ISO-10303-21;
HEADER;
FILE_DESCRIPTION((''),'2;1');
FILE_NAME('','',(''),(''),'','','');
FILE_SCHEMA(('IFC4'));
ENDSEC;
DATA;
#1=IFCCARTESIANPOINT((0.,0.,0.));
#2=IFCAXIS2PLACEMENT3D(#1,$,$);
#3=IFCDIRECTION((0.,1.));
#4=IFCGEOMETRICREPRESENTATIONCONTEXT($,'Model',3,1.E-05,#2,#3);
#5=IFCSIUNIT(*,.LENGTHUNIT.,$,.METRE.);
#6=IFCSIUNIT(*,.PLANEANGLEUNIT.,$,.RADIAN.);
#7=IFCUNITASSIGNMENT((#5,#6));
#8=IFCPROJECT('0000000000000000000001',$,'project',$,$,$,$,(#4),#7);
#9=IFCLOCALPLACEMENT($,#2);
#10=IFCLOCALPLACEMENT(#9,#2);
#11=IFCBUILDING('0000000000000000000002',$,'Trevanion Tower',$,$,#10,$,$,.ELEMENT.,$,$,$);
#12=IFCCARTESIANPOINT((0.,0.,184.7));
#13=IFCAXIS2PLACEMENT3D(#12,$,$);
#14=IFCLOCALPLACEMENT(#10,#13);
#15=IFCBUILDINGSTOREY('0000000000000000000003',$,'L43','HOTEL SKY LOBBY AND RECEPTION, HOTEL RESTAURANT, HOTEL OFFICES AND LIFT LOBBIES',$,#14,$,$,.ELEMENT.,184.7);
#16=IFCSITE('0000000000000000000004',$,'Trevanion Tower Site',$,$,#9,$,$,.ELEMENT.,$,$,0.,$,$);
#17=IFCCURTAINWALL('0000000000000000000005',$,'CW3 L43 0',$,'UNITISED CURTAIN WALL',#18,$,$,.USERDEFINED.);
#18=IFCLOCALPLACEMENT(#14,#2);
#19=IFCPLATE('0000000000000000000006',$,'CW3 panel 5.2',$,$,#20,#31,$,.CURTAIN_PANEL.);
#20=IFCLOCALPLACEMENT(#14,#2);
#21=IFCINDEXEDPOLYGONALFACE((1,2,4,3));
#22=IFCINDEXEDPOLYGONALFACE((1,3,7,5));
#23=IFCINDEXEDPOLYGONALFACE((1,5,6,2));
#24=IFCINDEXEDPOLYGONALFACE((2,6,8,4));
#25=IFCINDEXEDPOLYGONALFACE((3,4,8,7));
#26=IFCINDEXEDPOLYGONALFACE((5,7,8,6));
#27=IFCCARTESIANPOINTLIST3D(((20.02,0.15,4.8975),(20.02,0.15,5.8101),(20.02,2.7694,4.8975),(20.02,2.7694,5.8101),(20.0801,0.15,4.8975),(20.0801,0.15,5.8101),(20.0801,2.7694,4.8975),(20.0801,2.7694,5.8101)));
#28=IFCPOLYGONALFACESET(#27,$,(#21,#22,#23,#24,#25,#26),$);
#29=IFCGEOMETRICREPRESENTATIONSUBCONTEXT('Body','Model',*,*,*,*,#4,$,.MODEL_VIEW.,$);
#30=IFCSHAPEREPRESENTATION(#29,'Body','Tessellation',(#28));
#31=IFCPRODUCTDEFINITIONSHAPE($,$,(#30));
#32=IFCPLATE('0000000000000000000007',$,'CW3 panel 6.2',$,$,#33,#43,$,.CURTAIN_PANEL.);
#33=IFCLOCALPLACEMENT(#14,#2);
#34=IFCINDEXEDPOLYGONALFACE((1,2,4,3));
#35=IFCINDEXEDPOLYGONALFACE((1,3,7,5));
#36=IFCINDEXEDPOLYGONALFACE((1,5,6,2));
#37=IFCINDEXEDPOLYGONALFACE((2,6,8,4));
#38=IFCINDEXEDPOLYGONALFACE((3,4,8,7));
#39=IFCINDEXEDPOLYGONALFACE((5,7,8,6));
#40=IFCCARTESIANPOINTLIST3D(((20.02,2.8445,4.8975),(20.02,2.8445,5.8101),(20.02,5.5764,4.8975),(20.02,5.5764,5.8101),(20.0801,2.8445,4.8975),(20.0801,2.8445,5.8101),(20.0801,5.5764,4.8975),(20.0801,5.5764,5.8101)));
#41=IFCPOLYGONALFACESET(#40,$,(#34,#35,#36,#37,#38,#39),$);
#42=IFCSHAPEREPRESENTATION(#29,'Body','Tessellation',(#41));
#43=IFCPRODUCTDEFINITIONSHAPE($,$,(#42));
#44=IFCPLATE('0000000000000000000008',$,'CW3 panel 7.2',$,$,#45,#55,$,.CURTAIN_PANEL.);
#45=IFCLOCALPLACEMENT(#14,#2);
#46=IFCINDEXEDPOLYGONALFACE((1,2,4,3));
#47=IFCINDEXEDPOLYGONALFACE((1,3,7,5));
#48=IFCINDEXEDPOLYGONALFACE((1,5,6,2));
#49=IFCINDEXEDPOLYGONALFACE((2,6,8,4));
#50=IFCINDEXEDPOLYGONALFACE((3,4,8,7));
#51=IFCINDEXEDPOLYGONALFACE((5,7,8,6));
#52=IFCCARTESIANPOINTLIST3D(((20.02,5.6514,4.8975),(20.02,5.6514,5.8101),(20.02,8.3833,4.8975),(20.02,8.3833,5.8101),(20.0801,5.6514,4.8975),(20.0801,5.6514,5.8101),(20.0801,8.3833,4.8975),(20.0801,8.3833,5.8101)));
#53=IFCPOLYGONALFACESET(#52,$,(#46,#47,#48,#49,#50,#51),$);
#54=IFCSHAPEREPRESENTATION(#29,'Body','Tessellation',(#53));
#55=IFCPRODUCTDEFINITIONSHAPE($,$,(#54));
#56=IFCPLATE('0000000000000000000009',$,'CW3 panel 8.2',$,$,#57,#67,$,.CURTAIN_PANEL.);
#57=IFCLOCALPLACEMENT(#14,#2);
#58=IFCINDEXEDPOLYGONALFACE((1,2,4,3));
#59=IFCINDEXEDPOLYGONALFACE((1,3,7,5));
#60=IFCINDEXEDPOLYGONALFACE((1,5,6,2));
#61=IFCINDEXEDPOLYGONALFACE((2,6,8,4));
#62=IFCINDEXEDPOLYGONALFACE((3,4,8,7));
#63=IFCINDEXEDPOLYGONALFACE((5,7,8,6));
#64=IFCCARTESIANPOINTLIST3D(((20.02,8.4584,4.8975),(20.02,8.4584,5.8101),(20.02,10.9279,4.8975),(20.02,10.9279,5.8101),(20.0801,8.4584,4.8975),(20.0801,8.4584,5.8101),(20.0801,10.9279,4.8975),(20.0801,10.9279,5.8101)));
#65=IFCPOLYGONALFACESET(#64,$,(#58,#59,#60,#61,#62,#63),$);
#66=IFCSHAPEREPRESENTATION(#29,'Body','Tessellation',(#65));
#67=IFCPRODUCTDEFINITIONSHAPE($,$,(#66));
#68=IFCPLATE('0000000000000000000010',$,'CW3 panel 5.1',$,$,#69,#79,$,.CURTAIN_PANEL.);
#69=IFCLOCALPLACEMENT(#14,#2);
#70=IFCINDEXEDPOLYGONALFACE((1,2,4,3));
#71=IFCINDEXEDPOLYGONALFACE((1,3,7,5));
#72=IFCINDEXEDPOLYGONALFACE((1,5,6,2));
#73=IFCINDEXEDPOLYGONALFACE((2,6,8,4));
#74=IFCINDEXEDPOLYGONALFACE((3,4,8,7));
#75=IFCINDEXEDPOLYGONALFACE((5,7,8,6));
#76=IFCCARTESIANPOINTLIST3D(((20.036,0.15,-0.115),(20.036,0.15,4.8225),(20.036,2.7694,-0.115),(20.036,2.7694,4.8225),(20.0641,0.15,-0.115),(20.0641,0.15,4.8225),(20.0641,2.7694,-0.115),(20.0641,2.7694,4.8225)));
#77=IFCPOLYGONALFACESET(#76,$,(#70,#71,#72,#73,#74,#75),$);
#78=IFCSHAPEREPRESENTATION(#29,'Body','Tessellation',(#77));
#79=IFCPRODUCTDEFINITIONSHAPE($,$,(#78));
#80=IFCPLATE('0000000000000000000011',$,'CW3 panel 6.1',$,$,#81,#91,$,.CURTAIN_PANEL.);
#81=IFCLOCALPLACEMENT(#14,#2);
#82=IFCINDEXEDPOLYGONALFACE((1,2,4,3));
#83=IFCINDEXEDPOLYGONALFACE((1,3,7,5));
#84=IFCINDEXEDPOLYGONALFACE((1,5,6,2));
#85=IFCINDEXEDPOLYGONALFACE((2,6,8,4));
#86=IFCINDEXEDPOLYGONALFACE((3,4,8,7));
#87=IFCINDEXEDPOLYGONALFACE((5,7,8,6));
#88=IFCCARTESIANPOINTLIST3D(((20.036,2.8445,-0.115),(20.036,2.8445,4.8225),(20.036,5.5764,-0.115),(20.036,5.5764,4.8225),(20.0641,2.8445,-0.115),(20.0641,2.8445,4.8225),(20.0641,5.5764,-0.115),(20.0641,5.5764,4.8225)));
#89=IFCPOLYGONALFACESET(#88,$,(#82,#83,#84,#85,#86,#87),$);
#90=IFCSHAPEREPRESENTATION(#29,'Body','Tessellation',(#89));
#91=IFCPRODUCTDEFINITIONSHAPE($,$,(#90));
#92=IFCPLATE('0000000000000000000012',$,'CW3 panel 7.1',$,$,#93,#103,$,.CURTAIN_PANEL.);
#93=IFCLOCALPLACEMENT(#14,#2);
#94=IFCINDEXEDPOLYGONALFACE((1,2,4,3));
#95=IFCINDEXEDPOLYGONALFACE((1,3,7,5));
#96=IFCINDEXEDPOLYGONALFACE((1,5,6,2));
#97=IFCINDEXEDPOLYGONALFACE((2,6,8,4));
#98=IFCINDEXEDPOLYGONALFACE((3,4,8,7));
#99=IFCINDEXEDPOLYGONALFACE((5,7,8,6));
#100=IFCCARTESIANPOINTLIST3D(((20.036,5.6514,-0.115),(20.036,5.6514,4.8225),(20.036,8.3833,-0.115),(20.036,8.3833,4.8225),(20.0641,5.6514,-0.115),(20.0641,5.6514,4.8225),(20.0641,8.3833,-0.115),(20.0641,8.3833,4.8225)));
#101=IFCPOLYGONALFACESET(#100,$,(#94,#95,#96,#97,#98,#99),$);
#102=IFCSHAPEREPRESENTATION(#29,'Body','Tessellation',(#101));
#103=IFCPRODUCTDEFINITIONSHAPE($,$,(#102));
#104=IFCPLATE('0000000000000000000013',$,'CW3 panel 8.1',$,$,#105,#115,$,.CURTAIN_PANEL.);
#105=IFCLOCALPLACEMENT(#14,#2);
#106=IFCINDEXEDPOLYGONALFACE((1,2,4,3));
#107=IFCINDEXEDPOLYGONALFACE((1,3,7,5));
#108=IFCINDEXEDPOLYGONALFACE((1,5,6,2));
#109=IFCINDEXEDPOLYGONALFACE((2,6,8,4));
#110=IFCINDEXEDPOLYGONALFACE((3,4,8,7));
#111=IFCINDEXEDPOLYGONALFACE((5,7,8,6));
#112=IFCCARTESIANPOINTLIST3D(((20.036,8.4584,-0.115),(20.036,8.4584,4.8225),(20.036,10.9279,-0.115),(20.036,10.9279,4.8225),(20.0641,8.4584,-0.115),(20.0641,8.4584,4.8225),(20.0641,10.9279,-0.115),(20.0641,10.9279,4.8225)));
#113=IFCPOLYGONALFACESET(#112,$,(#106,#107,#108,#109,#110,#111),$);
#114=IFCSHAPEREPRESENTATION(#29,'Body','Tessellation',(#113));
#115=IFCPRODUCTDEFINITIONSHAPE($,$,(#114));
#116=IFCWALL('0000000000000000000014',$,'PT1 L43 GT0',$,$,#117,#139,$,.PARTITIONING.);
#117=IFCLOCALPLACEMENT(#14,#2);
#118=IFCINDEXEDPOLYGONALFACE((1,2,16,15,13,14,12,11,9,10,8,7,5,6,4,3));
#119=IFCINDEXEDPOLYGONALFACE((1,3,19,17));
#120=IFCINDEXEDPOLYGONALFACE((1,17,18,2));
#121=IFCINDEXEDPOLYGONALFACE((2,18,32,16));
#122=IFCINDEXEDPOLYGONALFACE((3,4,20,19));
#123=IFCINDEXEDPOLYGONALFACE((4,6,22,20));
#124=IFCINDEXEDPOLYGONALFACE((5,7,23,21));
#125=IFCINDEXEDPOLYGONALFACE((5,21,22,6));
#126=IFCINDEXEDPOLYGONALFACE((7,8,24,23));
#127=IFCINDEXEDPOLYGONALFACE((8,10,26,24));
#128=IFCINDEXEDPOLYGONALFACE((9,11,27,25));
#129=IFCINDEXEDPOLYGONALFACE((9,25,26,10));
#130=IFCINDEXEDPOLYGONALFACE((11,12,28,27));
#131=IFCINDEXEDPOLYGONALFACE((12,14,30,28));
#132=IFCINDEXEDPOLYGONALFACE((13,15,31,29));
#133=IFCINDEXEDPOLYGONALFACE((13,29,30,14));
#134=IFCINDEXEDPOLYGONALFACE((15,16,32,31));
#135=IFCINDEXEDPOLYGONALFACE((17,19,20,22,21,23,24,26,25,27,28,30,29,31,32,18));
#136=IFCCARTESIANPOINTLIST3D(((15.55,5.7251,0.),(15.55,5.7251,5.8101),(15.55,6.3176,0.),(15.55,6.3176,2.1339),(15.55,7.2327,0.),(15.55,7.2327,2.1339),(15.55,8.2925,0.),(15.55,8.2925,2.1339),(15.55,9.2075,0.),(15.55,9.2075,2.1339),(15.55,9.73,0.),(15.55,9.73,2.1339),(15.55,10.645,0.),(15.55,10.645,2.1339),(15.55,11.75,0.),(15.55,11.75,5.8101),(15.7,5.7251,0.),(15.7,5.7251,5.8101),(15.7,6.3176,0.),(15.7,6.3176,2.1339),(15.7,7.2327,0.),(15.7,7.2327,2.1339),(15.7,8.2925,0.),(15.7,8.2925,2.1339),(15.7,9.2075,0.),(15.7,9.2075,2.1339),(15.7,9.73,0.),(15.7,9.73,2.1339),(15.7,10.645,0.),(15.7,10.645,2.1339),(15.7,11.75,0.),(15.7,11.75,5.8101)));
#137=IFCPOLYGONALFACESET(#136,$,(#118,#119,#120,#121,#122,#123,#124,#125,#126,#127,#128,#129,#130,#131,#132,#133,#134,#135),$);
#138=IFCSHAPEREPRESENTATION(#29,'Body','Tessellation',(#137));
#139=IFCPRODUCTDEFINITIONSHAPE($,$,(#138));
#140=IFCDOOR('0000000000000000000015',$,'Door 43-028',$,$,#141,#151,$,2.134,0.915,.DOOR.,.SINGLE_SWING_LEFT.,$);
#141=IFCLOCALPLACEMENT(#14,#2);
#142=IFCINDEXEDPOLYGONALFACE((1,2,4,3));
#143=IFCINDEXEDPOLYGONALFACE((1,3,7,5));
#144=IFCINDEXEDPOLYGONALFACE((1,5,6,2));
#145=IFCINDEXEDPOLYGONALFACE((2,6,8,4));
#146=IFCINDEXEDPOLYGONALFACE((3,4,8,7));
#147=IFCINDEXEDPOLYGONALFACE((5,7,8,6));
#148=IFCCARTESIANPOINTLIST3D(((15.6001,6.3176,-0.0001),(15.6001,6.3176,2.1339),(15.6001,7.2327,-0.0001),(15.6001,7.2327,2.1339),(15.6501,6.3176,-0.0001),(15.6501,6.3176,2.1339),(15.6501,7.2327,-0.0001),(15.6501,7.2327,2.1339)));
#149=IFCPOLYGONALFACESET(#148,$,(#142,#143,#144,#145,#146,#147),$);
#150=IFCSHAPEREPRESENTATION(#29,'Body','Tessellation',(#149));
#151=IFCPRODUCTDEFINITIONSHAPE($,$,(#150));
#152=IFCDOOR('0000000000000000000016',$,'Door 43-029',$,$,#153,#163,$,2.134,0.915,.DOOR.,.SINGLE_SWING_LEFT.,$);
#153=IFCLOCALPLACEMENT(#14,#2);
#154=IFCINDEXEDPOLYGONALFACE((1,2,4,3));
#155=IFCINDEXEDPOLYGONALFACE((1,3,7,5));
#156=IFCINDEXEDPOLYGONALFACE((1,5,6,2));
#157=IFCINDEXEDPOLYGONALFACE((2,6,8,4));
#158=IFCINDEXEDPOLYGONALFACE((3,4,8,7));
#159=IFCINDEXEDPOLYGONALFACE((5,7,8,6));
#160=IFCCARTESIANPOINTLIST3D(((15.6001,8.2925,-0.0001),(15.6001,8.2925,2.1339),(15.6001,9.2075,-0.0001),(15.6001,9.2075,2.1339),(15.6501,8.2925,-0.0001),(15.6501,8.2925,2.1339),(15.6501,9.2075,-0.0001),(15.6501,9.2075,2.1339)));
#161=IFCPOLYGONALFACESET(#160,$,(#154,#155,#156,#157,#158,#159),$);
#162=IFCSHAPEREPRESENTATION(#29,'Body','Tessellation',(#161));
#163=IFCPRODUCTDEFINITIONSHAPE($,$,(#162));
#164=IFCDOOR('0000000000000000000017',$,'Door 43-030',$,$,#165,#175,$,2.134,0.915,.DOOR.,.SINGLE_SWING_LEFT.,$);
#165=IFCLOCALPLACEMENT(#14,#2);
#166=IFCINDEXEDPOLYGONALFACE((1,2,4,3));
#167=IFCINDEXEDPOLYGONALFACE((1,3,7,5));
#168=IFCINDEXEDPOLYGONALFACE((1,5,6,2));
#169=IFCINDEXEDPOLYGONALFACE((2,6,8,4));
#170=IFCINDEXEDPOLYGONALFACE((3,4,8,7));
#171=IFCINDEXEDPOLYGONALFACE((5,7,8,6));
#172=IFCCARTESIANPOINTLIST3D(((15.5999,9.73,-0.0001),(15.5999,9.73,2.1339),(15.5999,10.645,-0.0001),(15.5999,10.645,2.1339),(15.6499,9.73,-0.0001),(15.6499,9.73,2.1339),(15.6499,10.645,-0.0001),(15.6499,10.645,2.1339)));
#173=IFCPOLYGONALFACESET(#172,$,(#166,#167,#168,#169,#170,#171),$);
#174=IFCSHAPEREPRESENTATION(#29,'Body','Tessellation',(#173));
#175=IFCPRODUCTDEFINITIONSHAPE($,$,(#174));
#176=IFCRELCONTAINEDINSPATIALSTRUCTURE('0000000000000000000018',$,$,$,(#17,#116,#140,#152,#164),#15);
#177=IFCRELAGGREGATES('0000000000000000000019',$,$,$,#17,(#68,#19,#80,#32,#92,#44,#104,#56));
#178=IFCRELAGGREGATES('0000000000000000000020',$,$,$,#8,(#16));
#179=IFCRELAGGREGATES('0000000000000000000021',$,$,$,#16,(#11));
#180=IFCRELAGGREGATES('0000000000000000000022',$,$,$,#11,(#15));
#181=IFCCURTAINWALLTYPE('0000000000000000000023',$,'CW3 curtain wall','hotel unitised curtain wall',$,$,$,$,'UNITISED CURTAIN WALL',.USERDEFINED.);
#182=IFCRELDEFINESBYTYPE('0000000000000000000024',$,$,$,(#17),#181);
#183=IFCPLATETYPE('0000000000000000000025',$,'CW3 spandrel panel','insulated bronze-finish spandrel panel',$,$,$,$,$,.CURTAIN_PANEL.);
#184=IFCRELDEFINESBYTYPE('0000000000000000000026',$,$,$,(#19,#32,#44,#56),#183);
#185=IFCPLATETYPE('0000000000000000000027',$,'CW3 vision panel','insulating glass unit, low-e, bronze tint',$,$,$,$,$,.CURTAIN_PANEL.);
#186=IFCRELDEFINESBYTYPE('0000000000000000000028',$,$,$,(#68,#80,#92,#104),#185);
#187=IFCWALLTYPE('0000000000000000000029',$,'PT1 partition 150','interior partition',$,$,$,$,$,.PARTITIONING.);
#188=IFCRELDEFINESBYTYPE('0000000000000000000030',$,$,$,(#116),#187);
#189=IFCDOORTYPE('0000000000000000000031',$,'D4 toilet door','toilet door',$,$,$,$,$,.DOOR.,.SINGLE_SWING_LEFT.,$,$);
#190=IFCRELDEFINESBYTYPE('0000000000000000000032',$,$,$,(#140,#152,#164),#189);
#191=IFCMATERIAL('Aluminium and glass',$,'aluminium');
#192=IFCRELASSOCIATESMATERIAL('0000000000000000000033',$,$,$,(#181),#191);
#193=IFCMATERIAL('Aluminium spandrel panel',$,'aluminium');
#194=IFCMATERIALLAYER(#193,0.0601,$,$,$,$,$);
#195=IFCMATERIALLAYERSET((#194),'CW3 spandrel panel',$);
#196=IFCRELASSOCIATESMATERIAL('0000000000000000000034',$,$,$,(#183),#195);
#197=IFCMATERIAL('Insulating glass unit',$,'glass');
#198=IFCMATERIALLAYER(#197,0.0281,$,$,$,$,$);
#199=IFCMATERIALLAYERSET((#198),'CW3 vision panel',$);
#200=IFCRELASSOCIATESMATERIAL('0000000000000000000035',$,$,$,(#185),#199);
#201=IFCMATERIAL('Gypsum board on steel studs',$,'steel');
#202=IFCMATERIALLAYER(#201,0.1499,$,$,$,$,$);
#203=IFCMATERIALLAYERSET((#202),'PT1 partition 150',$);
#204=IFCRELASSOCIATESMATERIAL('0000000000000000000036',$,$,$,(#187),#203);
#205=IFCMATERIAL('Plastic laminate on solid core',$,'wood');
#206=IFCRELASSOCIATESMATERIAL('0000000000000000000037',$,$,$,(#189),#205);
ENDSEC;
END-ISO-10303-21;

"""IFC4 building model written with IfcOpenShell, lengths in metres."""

from ifc_helpers import new_model, si_unit, direction, frame, frame_2d, origin, origin_2d, place, context, subcontext, project, spatial, rectangle, extrude, material, layer, layer_set, type_object, element, fill, aggregate, save


model = new_model("IFC4")

# Units and contexts
model_context = context("Model", 3, precision=1e-05, world=origin(), true_north=direction((0.0, 1.0)))
body_context = subcontext(model_context, "Body", "Model", "MODEL_VIEW")
ifc_project = project(units=[si_unit("LENGTHUNIT", "METRE"), si_unit("PLANEANGLEUNIT", "RADIAN")], contexts=[model_context])

# Site, building, storey
site_placement = place(None, origin())
site = spatial("IfcSite", under=ifc_project, at=site_placement, Name="Trevanion Tower Site", CompositionType="ELEMENT", RefElevation=0.0)
building_placement = place(site_placement, origin())
building = spatial("IfcBuilding", under=site, at=building_placement, Name="Trevanion Tower", CompositionType="ELEMENT")
storey_placement = place(building_placement, frame((0.0, 0.0, 184.7)))
storey = spatial("IfcBuildingStorey", under=building, at=storey_placement, Name="L43", Description="HOTEL SKY LOBBY AND RECEPTION, HOTEL RESTAURANT, HOTEL OFFICES AND LIFT LOBBIES", CompositionType="ELEMENT", Elevation=184.7)

# Curtain wall, plates
ifc_material_1 = material(Name="Aluminium and glass", Category="aluminium")
curtain_wall_type = type_object("IfcCurtainWallType", Name="CW3 curtain wall", Description="hotel unitised curtain wall", ElementType="UNITISED CURTAIN WALL", PredefinedType="USERDEFINED", material=ifc_material_1)
curtain_wall_placement = place(storey_placement, origin())
curtain_wall = element("IfcCurtainWall", 1, at=curtain_wall_placement, inside=storey, type_object=curtain_wall_type, Name="CW3 L43 0", ObjectType="UNITISED CURTAIN WALL", PredefinedType="USERDEFINED")
ifc_material_2 = material(Name="Aluminium spandrel panel", Category="aluminium")
ifc_layer_1 = layer(ifc_material_2, 0.0601)
ifc_layer_set_1 = layer_set([ifc_layer_1], Name="CW3 spandrel panel")
plate_type_1 = type_object("IfcPlateType", Name="CW3 spandrel panel", Description="insulated bronze-finish spandrel panel", PredefinedType="CURTAIN_PANEL", material=ifc_layer_set_1)
plate_1_placement = place(storey_placement, frame((20.05, 1.4597, 4.8975), z_axis=(0.0, 0.0, 1.0), x_axis=(0.0, 1.0, 0.0)))
plate_1 = element("IfcPlate", 2, at=plate_1_placement, type_object=plate_type_1, Name="CW3 panel 5.2", PredefinedType="CURTAIN_PANEL", context=body_context, shape_type="SweptSolid", body=[
    extrude(rectangle(XDim=2.6194, YDim=0.0601, at=origin_2d()), origin(), (0.0, 0.0, 1.0), 0.9126),
])
plate_2_placement = place(storey_placement, frame((20.05, 4.2104, 4.8975), z_axis=(0.0, 0.0, 1.0), x_axis=(0.0, 1.0, 0.0)))
plate_2 = element("IfcPlate", 3, at=plate_2_placement, type_object=plate_type_1, Name="CW3 panel 6.2", PredefinedType="CURTAIN_PANEL", context=body_context, shape_type="SweptSolid", body=[
    extrude(rectangle(XDim=2.7319, YDim=0.0601, at=origin_2d()), origin(), (0.0, 0.0, 1.0), 0.9126),
])
plate_3_placement = place(storey_placement, frame((20.05, 7.0173, 4.8975), z_axis=(0.0, 0.0, 1.0), x_axis=(0.0, 1.0, 0.0)))
plate_3 = element("IfcPlate", 4, at=plate_3_placement, type_object=plate_type_1, Name="CW3 panel 7.2", PredefinedType="CURTAIN_PANEL", context=body_context, shape_type="SweptSolid", body=[
    extrude(rectangle(XDim=2.7319, YDim=0.0601, at=origin_2d()), origin(), (0.0, 0.0, 1.0), 0.9126),
])
plate_4_placement = place(storey_placement, frame((20.05, 9.6931, 4.8975), z_axis=(0.0, 0.0, 1.0), x_axis=(0.0, 1.0, 0.0)))
plate_4 = element("IfcPlate", 5, at=plate_4_placement, type_object=plate_type_1, Name="CW3 panel 8.2", PredefinedType="CURTAIN_PANEL", context=body_context, shape_type="SweptSolid", body=[
    extrude(rectangle(XDim=2.4695, YDim=0.0601, at=origin_2d()), origin(), (0.0, 0.0, 1.0), 0.9126),
])
ifc_material_3 = material(Name="Insulating glass unit", Category="glass")
ifc_layer_2 = layer(ifc_material_3, 0.0281)
ifc_layer_set_2 = layer_set([ifc_layer_2], Name="CW3 vision panel")
plate_type_2 = type_object("IfcPlateType", Name="CW3 vision panel", Description="insulating glass unit, low-e, bronze tint", PredefinedType="CURTAIN_PANEL", material=ifc_layer_set_2)
plate_5_placement = place(storey_placement, frame((20.05, 1.4597, -0.115), z_axis=(0.0, 0.0, 1.0), x_axis=(0.0, 1.0, 0.0)))
plate_5 = element("IfcPlate", 6, at=plate_5_placement, type_object=plate_type_2, Name="CW3 panel 5.1", PredefinedType="CURTAIN_PANEL", context=body_context, shape_type="SweptSolid", body=[
    extrude(rectangle(XDim=2.6194, YDim=0.0281, at=origin_2d()), origin(), (0.0, 0.0, 1.0), 4.9375),
])
plate_6_placement = place(storey_placement, frame((20.05, 4.2104, -0.115), z_axis=(0.0, 0.0, 1.0), x_axis=(0.0, 1.0, 0.0)))
plate_6 = element("IfcPlate", 7, at=plate_6_placement, type_object=plate_type_2, Name="CW3 panel 6.1", PredefinedType="CURTAIN_PANEL", context=body_context, shape_type="SweptSolid", body=[
    extrude(rectangle(XDim=2.7319, YDim=0.0281, at=origin_2d()), origin(), (0.0, 0.0, 1.0), 4.9375),
])
plate_7_placement = place(storey_placement, frame((20.05, 7.0173, -0.115), z_axis=(0.0, 0.0, 1.0), x_axis=(0.0, 1.0, 0.0)))
plate_7 = element("IfcPlate", 8, at=plate_7_placement, type_object=plate_type_2, Name="CW3 panel 7.1", PredefinedType="CURTAIN_PANEL", context=body_context, shape_type="SweptSolid", body=[
    extrude(rectangle(XDim=2.7319, YDim=0.0281, at=origin_2d()), origin(), (0.0, 0.0, 1.0), 4.9375),
])
plate_8_placement = place(storey_placement, frame((20.05, 9.6931, -0.115), z_axis=(0.0, 0.0, 1.0), x_axis=(0.0, 1.0, 0.0)))
plate_8 = element("IfcPlate", 9, at=plate_8_placement, type_object=plate_type_2, Name="CW3 panel 8.1", PredefinedType="CURTAIN_PANEL", context=body_context, shape_type="SweptSolid", body=[
    extrude(rectangle(XDim=2.4695, YDim=0.0281, at=origin_2d()), origin(), (0.0, 0.0, 1.0), 4.9375),
])
aggregate(curtain_wall, [plate_5, plate_1, plate_6, plate_2, plate_7, plate_3, plate_8, plate_4])

# Wall, openings, doors
ifc_material_4 = material(Name="Gypsum board on steel studs", Category="steel")
ifc_layer_3 = layer(ifc_material_4, 0.1499)
ifc_layer_set_3 = layer_set([ifc_layer_3], Name="PT1 partition 150")
wall_type = type_object("IfcWallType", Name="PT1 partition 150", Description="interior partition", PredefinedType="PARTITIONING", material=ifc_layer_set_3)
wall_placement = place(storey_placement, frame((15.625, 5.7251, 0.0), z_axis=(0.0, 0.0, 1.0), x_axis=(0.0, 1.0, 0.0)))
wall = element("IfcWall", 10, at=wall_placement, inside=storey, type_object=wall_type, Name="PT1 L43 GT0", PredefinedType="PARTITIONING", context=body_context, shape_type="SweptSolid", body=[
    extrude(rectangle(XDim=6.0249, YDim=0.1499, at=frame_2d((3.0125, 0.0))), origin(), (0.0, 0.0, 1.0), 5.8101),
])
opening_1_placement = place(wall_placement, frame((0.5925, 0.0, 0.0)))
opening_1 = element("IfcOpeningElement", 11, at=opening_1_placement, cuts=wall, PredefinedType="OPENING", context=body_context, shape_type="SweptSolid", body=[
    extrude(rectangle(XDim=0.915, YDim=2.134, at=frame_2d((0.4575, 1.0669))), frame((0.0, 0.085, 0.0), z_axis=(0.0, -1.0, 0.0), x_axis=(1.0, 0.0, 0.0)), (0.0, 0.0, 1.0), 0.1699),
])
opening_2_placement = place(wall_placement, frame((2.5674, 0.0, 0.0)))
opening_2 = element("IfcOpeningElement", 12, at=opening_2_placement, cuts=wall, PredefinedType="OPENING", context=body_context, shape_type="SweptSolid", body=[
    extrude(rectangle(XDim=0.915, YDim=2.134, at=frame_2d((0.4575, 1.0669))), frame((0.0, 0.085, 0.0), z_axis=(0.0, -1.0, 0.0), x_axis=(1.0, 0.0, 0.0)), (0.0, 0.0, 1.0), 0.1699),
])
opening_3_placement = place(wall_placement, frame((4.0049, 0.0, 0.0)))
opening_3 = element("IfcOpeningElement", 13, at=opening_3_placement, cuts=wall, PredefinedType="OPENING", context=body_context, shape_type="SweptSolid", body=[
    extrude(rectangle(XDim=0.915, YDim=2.134, at=frame_2d((0.4575, 1.0669))), frame((0.0, 0.085, 0.0), z_axis=(0.0, -1.0, 0.0), x_axis=(1.0, 0.0, 0.0)), (0.0, 0.0, 1.0), 0.1699),
])
ifc_material_5 = material(Name="Plastic laminate on solid core", Category="wood")
door_type = type_object("IfcDoorType", Name="D4 toilet door", Description="toilet door", OperationType="SINGLE_SWING_LEFT", PredefinedType="DOOR", material=ifc_material_5)
door_1_placement = place(opening_1_placement, origin())
door_1 = element("IfcDoor", 14, at=door_1_placement, inside=storey, type_object=door_type, Name="Door 43-028", OperationType="SINGLE_SWING_LEFT", OverallHeight=2.134, OverallWidth=0.915, PredefinedType="DOOR", context=body_context, shape_type="SweptSolid", body=[
    extrude(rectangle(XDim=0.915, YDim=2.134, at=frame_2d((0.4575, 1.0669))), frame((0.0, 0.0249, 0.0), z_axis=(0.0, -1.0, 0.0), x_axis=(1.0, 0.0, 0.0)), (0.0, 0.0, 1.0), 0.05),
])
fill(opening_1, door_1)
door_2_placement = place(opening_2_placement, origin())
door_2 = element("IfcDoor", 15, at=door_2_placement, inside=storey, type_object=door_type, Name="Door 43-029", OperationType="SINGLE_SWING_LEFT", OverallHeight=2.134, OverallWidth=0.915, PredefinedType="DOOR", context=body_context, shape_type="SweptSolid", body=[
    extrude(rectangle(XDim=0.915, YDim=2.134, at=frame_2d((0.4575, 1.0669))), frame((0.0, 0.0249, 0.0), z_axis=(0.0, -1.0, 0.0), x_axis=(1.0, 0.0, 0.0)), (0.0, 0.0, 1.0), 0.05),
])
fill(opening_2, door_2)
door_3_placement = place(opening_3_placement, frame((0.915, 0.0, 0.0), z_axis=(0.0, 0.0, 1.0), x_axis=(-1.0, 0.0, 0.0)))
door_3 = element("IfcDoor", 16, at=door_3_placement, inside=storey, type_object=door_type, Name="Door 43-030", OperationType="SINGLE_SWING_LEFT", OverallHeight=2.134, OverallWidth=0.915, PredefinedType="DOOR", context=body_context, shape_type="SweptSolid", body=[
    extrude(rectangle(XDim=0.915, YDim=2.134, at=frame_2d((0.4575, 1.0669))), frame((0.0, 0.0249, 0.0), z_axis=(0.0, -1.0, 0.0), x_axis=(1.0, 0.0, 0.0)), (0.0, 0.0, 1.0), 0.05),
])
fill(opening_3, door_3)

save(model, "model.ifc")
